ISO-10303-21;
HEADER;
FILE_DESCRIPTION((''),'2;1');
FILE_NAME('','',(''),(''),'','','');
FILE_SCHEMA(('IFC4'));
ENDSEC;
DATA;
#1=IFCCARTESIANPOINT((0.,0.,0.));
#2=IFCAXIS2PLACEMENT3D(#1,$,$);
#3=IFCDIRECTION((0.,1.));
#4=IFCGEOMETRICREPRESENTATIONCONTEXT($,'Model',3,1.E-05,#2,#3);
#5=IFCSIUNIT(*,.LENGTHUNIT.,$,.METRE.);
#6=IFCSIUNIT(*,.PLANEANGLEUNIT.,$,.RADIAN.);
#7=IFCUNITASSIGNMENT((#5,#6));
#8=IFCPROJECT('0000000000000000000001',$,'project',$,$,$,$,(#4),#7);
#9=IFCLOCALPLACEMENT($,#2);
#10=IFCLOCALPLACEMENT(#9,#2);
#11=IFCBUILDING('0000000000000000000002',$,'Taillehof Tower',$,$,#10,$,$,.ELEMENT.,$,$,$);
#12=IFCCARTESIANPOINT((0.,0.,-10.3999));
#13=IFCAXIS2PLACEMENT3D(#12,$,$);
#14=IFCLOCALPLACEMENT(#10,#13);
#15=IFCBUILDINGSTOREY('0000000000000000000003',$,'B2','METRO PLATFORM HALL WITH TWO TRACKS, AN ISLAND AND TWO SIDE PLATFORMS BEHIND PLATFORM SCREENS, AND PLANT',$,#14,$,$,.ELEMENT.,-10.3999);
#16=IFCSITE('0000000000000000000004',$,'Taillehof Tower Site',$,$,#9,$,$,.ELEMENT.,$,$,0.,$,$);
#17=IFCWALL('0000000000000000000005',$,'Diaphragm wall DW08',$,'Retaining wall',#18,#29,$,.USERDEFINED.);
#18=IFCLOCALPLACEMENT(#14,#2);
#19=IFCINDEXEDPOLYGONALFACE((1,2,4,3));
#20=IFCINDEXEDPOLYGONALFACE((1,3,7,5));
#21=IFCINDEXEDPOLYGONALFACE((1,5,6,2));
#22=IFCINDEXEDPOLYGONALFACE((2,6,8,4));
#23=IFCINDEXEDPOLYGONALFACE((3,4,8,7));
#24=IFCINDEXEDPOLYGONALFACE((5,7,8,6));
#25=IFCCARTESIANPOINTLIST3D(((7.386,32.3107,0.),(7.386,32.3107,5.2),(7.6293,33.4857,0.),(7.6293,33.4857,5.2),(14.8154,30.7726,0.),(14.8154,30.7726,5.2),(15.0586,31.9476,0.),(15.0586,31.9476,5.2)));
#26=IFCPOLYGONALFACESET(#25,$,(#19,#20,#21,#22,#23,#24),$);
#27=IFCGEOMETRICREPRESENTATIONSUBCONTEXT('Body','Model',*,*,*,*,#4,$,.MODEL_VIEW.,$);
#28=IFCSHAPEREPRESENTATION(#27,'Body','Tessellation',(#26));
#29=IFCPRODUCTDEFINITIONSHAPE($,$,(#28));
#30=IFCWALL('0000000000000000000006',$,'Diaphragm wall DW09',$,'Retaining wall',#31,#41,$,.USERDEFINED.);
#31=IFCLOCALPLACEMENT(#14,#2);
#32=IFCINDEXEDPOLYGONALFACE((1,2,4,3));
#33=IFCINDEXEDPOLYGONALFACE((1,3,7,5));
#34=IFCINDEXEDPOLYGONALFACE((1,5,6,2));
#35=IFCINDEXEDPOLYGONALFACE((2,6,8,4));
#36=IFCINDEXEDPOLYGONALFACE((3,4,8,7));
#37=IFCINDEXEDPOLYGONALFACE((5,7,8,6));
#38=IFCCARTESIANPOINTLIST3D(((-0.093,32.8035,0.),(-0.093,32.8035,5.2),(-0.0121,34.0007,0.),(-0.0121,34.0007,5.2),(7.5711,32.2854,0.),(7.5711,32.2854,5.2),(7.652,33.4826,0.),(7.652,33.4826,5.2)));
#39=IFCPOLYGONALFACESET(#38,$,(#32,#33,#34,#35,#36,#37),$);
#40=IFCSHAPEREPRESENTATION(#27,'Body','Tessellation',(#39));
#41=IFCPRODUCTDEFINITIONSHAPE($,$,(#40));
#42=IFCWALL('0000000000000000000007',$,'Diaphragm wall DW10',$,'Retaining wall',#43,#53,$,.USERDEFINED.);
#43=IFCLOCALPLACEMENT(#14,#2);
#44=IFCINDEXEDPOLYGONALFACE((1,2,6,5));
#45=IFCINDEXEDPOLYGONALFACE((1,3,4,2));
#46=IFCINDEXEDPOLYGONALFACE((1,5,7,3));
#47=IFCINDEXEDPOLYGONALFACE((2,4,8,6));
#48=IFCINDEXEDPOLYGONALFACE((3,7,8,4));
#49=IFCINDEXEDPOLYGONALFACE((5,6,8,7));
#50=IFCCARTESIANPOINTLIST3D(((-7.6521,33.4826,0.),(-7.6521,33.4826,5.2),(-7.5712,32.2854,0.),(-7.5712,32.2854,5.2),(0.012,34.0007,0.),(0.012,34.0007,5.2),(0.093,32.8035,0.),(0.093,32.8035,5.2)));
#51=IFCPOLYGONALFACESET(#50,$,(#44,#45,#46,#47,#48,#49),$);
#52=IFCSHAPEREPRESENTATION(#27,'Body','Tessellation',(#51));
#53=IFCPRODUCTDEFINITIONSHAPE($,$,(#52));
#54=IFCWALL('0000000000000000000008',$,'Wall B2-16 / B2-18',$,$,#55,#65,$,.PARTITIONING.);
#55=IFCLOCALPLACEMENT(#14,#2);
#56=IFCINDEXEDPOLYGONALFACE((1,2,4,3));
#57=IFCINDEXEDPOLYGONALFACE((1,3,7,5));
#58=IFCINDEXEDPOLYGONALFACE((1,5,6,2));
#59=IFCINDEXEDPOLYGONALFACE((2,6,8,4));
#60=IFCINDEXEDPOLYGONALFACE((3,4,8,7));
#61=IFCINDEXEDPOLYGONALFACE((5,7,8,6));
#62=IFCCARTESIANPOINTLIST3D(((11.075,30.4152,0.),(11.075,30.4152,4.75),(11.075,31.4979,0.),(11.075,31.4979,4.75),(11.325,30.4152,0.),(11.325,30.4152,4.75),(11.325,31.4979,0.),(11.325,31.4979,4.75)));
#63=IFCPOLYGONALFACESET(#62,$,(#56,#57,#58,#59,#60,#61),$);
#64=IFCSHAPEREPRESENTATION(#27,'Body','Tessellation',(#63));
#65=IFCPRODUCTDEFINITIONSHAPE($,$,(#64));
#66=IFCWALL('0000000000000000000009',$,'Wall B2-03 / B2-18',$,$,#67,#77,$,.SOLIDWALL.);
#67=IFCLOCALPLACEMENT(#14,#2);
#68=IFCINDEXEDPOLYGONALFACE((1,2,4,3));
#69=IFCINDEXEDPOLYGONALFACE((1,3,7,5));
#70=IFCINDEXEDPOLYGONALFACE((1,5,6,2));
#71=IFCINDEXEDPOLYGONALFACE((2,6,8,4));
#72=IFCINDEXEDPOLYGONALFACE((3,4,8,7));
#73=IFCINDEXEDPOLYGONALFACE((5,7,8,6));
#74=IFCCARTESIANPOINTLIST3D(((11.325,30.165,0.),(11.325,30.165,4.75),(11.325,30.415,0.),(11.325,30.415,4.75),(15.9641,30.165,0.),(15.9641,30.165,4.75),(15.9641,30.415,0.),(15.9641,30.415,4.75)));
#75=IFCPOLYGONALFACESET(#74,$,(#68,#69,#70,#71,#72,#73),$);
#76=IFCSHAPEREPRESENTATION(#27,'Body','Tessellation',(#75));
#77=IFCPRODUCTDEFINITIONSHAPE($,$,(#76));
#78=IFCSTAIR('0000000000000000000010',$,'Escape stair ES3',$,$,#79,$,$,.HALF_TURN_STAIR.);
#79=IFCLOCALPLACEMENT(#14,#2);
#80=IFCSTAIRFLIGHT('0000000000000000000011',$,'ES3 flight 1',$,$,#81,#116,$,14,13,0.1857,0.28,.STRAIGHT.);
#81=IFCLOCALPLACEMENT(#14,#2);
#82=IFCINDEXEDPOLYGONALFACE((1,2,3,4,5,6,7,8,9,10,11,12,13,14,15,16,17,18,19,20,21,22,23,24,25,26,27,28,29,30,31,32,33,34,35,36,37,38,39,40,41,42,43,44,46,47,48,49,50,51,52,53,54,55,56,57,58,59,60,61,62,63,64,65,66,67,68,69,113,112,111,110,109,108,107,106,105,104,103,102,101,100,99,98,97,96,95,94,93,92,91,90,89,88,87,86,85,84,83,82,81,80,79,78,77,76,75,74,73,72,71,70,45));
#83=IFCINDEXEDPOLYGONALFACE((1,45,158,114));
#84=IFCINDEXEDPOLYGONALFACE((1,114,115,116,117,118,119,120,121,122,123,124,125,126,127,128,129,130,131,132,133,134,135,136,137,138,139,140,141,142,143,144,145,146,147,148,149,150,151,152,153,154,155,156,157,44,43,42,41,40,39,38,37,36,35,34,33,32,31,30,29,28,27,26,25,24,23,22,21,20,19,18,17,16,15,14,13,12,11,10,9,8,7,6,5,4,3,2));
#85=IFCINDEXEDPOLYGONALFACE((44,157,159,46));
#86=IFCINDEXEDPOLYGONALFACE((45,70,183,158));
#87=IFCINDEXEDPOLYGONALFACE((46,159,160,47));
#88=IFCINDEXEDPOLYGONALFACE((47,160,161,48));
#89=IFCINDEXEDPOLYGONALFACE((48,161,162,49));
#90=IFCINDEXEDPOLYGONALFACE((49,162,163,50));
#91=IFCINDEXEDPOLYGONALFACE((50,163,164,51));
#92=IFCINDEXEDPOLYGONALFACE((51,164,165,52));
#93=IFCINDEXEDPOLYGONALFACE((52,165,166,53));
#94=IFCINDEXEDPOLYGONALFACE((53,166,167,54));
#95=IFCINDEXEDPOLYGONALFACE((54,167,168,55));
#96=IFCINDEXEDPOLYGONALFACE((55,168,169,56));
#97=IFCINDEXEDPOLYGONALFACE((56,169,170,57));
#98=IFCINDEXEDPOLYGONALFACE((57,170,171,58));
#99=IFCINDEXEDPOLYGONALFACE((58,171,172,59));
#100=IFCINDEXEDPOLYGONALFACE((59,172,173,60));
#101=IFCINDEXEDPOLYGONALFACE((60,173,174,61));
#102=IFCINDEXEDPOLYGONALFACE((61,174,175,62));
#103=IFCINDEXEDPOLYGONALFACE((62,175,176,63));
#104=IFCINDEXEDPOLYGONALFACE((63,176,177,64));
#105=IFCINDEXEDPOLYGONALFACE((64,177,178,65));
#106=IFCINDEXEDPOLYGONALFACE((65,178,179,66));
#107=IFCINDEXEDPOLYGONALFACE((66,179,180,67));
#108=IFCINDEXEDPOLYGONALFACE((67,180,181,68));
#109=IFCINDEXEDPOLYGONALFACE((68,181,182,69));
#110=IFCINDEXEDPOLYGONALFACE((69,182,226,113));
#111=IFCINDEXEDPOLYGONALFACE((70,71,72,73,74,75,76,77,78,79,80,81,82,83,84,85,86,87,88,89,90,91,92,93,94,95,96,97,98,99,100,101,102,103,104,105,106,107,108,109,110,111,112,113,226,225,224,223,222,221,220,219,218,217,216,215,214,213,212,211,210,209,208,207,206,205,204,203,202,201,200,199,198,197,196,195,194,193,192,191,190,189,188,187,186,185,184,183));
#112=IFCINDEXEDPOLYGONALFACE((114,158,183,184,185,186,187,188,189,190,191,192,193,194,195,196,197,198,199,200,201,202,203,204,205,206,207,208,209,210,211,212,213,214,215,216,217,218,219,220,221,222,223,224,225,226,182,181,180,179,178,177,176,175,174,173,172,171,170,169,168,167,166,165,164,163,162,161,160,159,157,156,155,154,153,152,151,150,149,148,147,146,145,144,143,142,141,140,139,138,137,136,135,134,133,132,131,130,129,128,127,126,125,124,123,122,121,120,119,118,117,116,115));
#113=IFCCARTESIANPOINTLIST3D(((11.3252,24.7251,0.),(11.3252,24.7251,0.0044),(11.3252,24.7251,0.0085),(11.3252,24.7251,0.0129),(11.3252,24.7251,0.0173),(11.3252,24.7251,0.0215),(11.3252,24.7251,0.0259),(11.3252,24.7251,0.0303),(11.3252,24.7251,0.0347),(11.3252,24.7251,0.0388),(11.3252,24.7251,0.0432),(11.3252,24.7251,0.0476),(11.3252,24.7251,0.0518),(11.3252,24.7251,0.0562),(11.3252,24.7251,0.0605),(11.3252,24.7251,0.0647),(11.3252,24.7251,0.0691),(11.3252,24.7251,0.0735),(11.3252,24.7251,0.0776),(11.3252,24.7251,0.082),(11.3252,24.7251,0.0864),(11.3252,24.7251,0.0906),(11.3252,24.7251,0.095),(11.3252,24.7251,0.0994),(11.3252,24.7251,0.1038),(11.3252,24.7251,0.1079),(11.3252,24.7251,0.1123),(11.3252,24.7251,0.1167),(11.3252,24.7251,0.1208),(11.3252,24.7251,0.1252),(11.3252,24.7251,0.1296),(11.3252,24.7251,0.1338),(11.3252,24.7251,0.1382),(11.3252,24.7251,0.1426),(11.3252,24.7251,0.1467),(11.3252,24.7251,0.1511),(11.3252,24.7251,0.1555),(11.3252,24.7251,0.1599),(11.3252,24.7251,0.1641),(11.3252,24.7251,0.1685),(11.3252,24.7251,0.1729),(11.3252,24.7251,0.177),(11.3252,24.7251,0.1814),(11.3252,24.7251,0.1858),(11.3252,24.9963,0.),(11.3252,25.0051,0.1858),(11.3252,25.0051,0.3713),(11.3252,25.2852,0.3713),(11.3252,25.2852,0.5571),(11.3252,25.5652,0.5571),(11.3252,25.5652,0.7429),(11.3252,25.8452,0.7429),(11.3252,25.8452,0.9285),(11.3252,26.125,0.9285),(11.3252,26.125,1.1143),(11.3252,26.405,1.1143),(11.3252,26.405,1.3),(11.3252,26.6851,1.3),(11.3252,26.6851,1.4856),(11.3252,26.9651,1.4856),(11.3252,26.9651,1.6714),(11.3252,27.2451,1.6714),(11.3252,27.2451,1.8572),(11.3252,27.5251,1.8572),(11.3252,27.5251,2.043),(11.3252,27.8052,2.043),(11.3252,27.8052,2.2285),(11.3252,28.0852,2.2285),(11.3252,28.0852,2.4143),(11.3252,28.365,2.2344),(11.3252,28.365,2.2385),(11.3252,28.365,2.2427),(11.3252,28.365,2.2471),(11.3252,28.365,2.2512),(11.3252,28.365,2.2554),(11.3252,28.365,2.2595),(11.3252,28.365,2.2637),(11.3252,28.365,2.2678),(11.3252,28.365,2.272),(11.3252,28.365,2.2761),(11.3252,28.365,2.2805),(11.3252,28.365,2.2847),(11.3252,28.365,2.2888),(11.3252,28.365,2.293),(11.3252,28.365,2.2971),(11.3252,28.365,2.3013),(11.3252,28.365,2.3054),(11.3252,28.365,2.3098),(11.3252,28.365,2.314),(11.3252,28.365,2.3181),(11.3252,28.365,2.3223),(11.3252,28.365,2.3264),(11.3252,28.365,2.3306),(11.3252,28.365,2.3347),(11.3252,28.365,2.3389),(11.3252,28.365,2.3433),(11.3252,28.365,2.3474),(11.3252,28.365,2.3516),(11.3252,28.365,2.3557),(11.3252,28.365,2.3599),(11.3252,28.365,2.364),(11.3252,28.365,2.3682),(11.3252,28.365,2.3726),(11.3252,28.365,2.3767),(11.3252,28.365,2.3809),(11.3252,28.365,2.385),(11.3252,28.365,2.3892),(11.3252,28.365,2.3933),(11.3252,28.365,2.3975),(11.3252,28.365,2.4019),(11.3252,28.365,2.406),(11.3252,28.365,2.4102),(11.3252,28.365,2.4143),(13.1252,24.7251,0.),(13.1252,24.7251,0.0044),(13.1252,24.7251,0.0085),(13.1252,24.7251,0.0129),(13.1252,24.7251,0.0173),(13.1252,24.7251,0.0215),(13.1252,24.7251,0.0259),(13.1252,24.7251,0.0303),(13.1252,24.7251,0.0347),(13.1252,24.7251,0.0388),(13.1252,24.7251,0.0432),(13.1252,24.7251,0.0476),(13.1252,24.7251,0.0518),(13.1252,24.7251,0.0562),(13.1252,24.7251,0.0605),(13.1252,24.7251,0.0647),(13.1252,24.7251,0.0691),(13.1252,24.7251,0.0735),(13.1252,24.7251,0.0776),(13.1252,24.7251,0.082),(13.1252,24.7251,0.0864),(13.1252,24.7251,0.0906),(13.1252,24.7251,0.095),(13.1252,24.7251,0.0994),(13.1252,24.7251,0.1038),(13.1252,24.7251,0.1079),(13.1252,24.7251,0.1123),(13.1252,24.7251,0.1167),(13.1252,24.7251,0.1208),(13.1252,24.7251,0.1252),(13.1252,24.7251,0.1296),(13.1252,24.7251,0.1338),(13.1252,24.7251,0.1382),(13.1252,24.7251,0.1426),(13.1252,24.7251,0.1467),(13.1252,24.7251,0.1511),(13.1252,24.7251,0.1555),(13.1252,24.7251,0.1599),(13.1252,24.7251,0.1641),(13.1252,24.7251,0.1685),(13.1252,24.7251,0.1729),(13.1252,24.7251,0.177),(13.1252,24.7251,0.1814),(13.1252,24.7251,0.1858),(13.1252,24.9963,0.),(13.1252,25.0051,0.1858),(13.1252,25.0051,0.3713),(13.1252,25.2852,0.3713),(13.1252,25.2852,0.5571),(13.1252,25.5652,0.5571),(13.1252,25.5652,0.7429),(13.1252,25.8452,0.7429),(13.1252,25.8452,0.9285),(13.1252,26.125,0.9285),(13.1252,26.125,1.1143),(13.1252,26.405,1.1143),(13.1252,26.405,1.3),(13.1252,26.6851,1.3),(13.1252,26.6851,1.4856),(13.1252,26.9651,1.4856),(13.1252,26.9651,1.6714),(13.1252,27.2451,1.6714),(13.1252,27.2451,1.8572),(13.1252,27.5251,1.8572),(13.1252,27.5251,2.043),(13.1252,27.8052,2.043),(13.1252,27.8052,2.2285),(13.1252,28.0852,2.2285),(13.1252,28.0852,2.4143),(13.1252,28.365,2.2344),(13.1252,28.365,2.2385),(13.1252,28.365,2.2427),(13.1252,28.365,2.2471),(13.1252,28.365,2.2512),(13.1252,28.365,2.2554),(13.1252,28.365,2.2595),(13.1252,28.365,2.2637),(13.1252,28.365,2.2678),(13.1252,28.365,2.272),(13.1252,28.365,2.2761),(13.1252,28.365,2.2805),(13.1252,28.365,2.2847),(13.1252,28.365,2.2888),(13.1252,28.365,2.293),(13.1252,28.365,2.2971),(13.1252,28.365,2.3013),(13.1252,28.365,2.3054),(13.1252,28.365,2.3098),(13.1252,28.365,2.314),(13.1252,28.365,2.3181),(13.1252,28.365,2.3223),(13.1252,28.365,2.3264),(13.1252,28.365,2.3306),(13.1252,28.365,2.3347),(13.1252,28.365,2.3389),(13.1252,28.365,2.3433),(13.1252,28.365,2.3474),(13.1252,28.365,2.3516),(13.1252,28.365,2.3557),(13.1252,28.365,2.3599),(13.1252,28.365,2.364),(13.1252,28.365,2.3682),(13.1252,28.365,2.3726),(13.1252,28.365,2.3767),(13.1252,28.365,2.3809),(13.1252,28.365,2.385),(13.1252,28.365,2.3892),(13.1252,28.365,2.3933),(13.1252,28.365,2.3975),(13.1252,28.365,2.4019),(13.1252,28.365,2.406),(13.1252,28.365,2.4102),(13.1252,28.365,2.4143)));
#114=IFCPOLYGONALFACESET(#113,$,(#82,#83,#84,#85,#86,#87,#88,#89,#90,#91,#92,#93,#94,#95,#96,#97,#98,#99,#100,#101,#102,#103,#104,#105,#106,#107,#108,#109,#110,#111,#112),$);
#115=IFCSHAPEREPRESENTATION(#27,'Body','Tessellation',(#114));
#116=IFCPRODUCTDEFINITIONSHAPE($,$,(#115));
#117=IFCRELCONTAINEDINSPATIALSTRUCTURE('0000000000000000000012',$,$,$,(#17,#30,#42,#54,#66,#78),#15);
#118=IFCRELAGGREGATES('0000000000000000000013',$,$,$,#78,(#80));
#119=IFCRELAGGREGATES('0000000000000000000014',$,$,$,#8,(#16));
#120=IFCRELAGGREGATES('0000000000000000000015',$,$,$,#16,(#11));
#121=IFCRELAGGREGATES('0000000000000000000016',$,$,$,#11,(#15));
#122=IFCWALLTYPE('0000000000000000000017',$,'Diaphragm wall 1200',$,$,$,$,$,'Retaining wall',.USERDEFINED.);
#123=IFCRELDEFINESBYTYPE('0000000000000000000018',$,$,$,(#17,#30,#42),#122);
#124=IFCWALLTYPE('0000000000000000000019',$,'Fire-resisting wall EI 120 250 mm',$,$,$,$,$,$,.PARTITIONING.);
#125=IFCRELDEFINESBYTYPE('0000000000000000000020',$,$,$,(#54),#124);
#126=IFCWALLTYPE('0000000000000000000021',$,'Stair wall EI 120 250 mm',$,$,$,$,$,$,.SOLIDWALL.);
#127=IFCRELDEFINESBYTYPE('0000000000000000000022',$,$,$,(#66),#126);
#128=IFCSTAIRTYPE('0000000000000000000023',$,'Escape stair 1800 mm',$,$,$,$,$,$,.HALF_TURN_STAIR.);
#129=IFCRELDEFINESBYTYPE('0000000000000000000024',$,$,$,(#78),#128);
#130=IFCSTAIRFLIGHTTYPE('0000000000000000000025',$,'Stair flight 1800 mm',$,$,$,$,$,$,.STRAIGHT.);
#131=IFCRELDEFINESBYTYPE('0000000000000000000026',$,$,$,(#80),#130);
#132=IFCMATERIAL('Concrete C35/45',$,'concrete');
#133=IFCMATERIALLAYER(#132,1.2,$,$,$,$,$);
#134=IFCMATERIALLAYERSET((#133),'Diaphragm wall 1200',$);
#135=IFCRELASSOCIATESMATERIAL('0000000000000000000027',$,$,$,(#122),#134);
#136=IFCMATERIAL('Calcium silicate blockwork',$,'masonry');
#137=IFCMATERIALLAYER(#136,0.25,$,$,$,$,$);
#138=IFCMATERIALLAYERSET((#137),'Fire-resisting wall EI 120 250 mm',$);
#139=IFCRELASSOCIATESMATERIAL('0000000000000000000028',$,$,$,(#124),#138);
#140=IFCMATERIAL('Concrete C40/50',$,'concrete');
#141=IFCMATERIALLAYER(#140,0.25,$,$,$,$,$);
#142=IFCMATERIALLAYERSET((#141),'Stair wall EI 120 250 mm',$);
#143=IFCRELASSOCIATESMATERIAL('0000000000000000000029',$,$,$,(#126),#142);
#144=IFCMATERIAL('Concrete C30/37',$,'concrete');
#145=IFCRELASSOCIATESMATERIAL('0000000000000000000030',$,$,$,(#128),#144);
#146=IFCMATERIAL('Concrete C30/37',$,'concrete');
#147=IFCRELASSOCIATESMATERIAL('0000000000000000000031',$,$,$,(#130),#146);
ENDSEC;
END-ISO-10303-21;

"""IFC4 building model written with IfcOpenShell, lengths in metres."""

from ifc_helpers import new_model, si_unit, direction, frame, frame_2d, origin, place, context, subcontext, project, spatial, polyline, rectangle, outline, extrude, material, layer, layer_set, type_object, element, aggregate, save


model = new_model("IFC4")

# Units and contexts
model_context = context("Model", 3, precision=1e-05, world=origin(), true_north=direction((0.0, 1.0)))
body_context = subcontext(model_context, "Body", "Model", "MODEL_VIEW")
ifc_project = project(units=[si_unit("LENGTHUNIT", "METRE"), si_unit("PLANEANGLEUNIT", "RADIAN")], contexts=[model_context])

# Site, building, storey
site_placement = place(None, origin())
site = spatial("IfcSite", under=ifc_project, at=site_placement, Name="Taillehof Tower Site", CompositionType="ELEMENT", RefElevation=0.0)
building_placement = place(site_placement, origin())
building = spatial("IfcBuilding", under=site, at=building_placement, Name="Taillehof Tower", CompositionType="ELEMENT")
storey_placement = place(building_placement, frame((0.0, 0.0, -10.3999)))
storey = spatial("IfcBuildingStorey", under=building, at=storey_placement, Name="B2", Description="METRO PLATFORM HALL WITH TWO TRACKS, AN ISLAND AND TWO SIDE PLATFORMS BEHIND PLATFORM SCREENS, AND PLANT", CompositionType="ELEMENT", Elevation=-10.3999)

# Walls
ifc_material_1 = material(Name="Concrete C35/45", Category="concrete")
ifc_layer_1 = layer(ifc_material_1, 1.2)
ifc_layer_set_1 = layer_set([ifc_layer_1], Name="Diaphragm wall 1200")
wall_type_1 = type_object("IfcWallType", Name="Diaphragm wall 1200", ElementType="Retaining wall", PredefinedType="USERDEFINED", material=ifc_layer_set_1)
wall_1_placement = place(storey_placement, frame((14.937, 31.3601, 0.0), z_axis=(0.0, 0.0, 1.0), x_axis=(-0.979235, 0.202727, 0.0)))
element("IfcWall", 1, at=wall_1_placement, inside=storey, type_object=wall_type_1, Name="Diaphragm wall DW08", ObjectType="Retaining wall", PredefinedType="USERDEFINED", context=body_context, shape_type="SweptSolid", body=[
    extrude(rectangle(XDim=7.5869, YDim=1.2, at=frame_2d((3.7935, 0.0))), origin(), (0.0, 0.0, 1.0), 5.2),
])
for number, where, z_axis, x_axis, name in (
    (2, (7.6116, 32.884, 0.0), (0.0, 0.0, 1.0), (-0.997723, 0.067443, 0.0), "Diaphragm wall DW09"),
    (3, (0.0525, 33.4021, 0.0), (0.0, 0.0, 1.0), (-0.997723, -0.067443, 0.0), "Diaphragm wall DW10"),
):
    element("IfcWall", number, at=place(storey_placement, frame(where, z_axis=z_axis, x_axis=x_axis)), inside=storey, type_object=wall_type_1, Name=name, ObjectType="Retaining wall", PredefinedType="USERDEFINED", context=body_context, shape_type="SweptSolid", body=[
        extrude(rectangle(XDim=7.6816, YDim=1.2, at=frame_2d((3.8408, 0.0))), origin(), (0.0, 0.0, 1.0), 5.2),
    ])
ifc_material_2 = material(Name="Calcium silicate blockwork", Category="masonry")
ifc_layer_2 = layer(ifc_material_2, 0.25)
ifc_layer_set_2 = layer_set([ifc_layer_2], Name="Fire-resisting wall EI 120 250 mm")
wall_type_2 = type_object("IfcWallType", Name="Fire-resisting wall EI 120 250 mm", PredefinedType="PARTITIONING", material=ifc_layer_set_2)
wall_2_placement = place(storey_placement, frame((11.2, 30.415, 0.0), z_axis=(0.0, 0.0, 1.0), x_axis=(0.0, 1.0, 0.0)))
element("IfcWall", 4, at=wall_2_placement, inside=storey, type_object=wall_type_2, Name="Wall B2-16 / B2-18", PredefinedType="PARTITIONING", context=body_context, shape_type="SweptSolid", body=[
    extrude(rectangle(XDim=1.0828, YDim=0.25, at=frame_2d((0.5415, 0.0))), origin(), (0.0, 0.0, 1.0), 4.75),
])
ifc_material_3 = material(Name="Concrete C40/50", Category="concrete")
ifc_layer_3 = layer(ifc_material_3, 0.25)
ifc_layer_set_3 = layer_set([ifc_layer_3], Name="Stair wall EI 120 250 mm")
wall_type_3 = type_object("IfcWallType", Name="Stair wall EI 120 250 mm", PredefinedType="SOLIDWALL", material=ifc_layer_set_3)
wall_3_placement = place(storey_placement, frame((11.325, 30.29, 0.0), z_axis=(0.0, 0.0, 1.0), x_axis=(1.0, 0.0, 0.0)))
element("IfcWall", 5, at=wall_3_placement, inside=storey, type_object=wall_type_3, Name="Wall B2-03 / B2-18", PredefinedType="SOLIDWALL", context=body_context, shape_type="SweptSolid", body=[
    extrude(rectangle(XDim=4.6392, YDim=0.25, at=frame_2d((2.3196, 0.0))), origin(), (0.0, 0.0, 1.0), 4.75),
])

# Stair, stair flight
ifc_material_4 = material(Name="Concrete C30/37", Category="concrete")
stair_type = type_object("IfcStairType", Name="Escape stair 1800 mm", PredefinedType="HALF_TURN_STAIR", material=ifc_material_4)
stair_placement = place(storey_placement, origin())
stair = element("IfcStair", 6, at=stair_placement, inside=storey, type_object=stair_type, Name="Escape stair ES3", PredefinedType="HALF_TURN_STAIR")
ifc_material_5 = material(Name="Concrete C30/37", Category="concrete")
stair_flight_type = type_object("IfcStairFlightType", Name="Stair flight 1800 mm", PredefinedType="STRAIGHT", material=ifc_material_5)
stair_flight_1_placement = place(storey_placement, frame((12.2251, 24.7251, 0.0), z_axis=(0.0, 0.0, 1.0), x_axis=(0.0, 1.0, 0.0)))
stair_flight_1 = element("IfcStairFlight", 7, at=stair_flight_1_placement, type_object=stair_flight_type, Name="ES3 flight 1", NumberOfRisers=14, NumberOfTreads=13, PredefinedType="STRAIGHT", RiserHeight=0.1857, TreadLength=0.28, context=body_context, shape_type="SweptSolid", body=[
    extrude(outline(polyline([(0.0, 0.0), (0.0, 0.0044), (0.0, 0.0085), (0.0, 0.0129), (0.0, 0.0173), (0.0, 0.0215), (0.0, 0.0259), (0.0, 0.0303), (0.0, 0.0347), (0.0, 0.0388), (0.0, 0.0432), (0.0, 0.0476), (0.0, 0.0518), (0.0, 0.0562), (0.0, 0.0605), (0.0, 0.0647), (0.0, 0.0691), (0.0, 0.0735), (0.0, 0.0776), (0.0, 0.082), (0.0, 0.0864), (0.0, 0.0906), (0.0, 0.095), (0.0, 0.0994), (0.0, 0.1038), (0.0, 0.1079), (0.0, 0.1123), (0.0, 0.1167), (0.0, 0.1208), (0.0, 0.1252), (0.0, 0.1296), (0.0, 0.1338), (0.0, 0.1382), (0.0, 0.1426), (0.0, 0.1467), (0.0, 0.1511), (0.0, 0.1555), (0.0, 0.1599), (0.0, 0.1641), (0.0, 0.1685), (0.0, 0.1729), (0.0, 0.177), (0.0, 0.1814), (0.0, 0.1858), (0.28, 0.1858), (0.28, 0.3713), (0.5601, 0.3713), (0.5601, 0.5571), (0.8401, 0.5571), (0.8401, 0.7429), (1.1201, 0.7429), (1.1201, 0.9285), (1.3999, 0.9285), (1.3999, 1.1143), (1.6799, 1.1143), (1.6799, 1.3), (1.96, 1.3), (1.96, 1.4856), (2.24, 1.4856), (2.24, 1.6714), (2.52, 1.6714), (2.52, 1.8572), (2.8, 1.8572), (2.8, 2.043), (3.0801, 2.043), (3.0801, 2.2285), (3.3601, 2.2285), (3.3601, 2.4143), (3.6399, 2.4143), (3.6399, 2.4102), (3.6399, 2.406), (3.6399, 2.4019), (3.6399, 2.3975), (3.6399, 2.3933), (3.6399, 2.3892), (3.6399, 2.385), (3.6399, 2.3809), (3.6399, 2.3767), (3.6399, 2.3726), (3.6399, 2.3682), (3.6399, 2.364), (3.6399, 2.3599), (3.6399, 2.3557), (3.6399, 2.3516), (3.6399, 2.3474), (3.6399, 2.3433), (3.6399, 2.3389), (3.6399, 2.3347), (3.6399, 2.3306), (3.6399, 2.3264), (3.6399, 2.3223), (3.6399, 2.3181), (3.6399, 2.314), (3.6399, 2.3098), (3.6399, 2.3054), (3.6399, 2.3013), (3.6399, 2.2971), (3.6399, 2.293), (3.6399, 2.2888), (3.6399, 2.2847), (3.6399, 2.2805), (3.6399, 2.2761), (3.6399, 2.272), (3.6399, 2.2678), (3.6399, 2.2637), (3.6399, 2.2595), (3.6399, 2.2554), (3.6399, 2.2512), (3.6399, 2.2471), (3.6399, 2.2427), (3.6399, 2.2385), (3.6399, 2.2344), (0.2712, 0.0), (0.0, 0.0)])), frame((0.0, 0.8999, 0.0), z_axis=(0.0, -1.0, 0.0), x_axis=(1.0, 0.0, 0.0)), (0.0, 0.0, 1.0), 1.8),
])
aggregate(stair, [stair_flight_1])

save(model, "model.ifc")
